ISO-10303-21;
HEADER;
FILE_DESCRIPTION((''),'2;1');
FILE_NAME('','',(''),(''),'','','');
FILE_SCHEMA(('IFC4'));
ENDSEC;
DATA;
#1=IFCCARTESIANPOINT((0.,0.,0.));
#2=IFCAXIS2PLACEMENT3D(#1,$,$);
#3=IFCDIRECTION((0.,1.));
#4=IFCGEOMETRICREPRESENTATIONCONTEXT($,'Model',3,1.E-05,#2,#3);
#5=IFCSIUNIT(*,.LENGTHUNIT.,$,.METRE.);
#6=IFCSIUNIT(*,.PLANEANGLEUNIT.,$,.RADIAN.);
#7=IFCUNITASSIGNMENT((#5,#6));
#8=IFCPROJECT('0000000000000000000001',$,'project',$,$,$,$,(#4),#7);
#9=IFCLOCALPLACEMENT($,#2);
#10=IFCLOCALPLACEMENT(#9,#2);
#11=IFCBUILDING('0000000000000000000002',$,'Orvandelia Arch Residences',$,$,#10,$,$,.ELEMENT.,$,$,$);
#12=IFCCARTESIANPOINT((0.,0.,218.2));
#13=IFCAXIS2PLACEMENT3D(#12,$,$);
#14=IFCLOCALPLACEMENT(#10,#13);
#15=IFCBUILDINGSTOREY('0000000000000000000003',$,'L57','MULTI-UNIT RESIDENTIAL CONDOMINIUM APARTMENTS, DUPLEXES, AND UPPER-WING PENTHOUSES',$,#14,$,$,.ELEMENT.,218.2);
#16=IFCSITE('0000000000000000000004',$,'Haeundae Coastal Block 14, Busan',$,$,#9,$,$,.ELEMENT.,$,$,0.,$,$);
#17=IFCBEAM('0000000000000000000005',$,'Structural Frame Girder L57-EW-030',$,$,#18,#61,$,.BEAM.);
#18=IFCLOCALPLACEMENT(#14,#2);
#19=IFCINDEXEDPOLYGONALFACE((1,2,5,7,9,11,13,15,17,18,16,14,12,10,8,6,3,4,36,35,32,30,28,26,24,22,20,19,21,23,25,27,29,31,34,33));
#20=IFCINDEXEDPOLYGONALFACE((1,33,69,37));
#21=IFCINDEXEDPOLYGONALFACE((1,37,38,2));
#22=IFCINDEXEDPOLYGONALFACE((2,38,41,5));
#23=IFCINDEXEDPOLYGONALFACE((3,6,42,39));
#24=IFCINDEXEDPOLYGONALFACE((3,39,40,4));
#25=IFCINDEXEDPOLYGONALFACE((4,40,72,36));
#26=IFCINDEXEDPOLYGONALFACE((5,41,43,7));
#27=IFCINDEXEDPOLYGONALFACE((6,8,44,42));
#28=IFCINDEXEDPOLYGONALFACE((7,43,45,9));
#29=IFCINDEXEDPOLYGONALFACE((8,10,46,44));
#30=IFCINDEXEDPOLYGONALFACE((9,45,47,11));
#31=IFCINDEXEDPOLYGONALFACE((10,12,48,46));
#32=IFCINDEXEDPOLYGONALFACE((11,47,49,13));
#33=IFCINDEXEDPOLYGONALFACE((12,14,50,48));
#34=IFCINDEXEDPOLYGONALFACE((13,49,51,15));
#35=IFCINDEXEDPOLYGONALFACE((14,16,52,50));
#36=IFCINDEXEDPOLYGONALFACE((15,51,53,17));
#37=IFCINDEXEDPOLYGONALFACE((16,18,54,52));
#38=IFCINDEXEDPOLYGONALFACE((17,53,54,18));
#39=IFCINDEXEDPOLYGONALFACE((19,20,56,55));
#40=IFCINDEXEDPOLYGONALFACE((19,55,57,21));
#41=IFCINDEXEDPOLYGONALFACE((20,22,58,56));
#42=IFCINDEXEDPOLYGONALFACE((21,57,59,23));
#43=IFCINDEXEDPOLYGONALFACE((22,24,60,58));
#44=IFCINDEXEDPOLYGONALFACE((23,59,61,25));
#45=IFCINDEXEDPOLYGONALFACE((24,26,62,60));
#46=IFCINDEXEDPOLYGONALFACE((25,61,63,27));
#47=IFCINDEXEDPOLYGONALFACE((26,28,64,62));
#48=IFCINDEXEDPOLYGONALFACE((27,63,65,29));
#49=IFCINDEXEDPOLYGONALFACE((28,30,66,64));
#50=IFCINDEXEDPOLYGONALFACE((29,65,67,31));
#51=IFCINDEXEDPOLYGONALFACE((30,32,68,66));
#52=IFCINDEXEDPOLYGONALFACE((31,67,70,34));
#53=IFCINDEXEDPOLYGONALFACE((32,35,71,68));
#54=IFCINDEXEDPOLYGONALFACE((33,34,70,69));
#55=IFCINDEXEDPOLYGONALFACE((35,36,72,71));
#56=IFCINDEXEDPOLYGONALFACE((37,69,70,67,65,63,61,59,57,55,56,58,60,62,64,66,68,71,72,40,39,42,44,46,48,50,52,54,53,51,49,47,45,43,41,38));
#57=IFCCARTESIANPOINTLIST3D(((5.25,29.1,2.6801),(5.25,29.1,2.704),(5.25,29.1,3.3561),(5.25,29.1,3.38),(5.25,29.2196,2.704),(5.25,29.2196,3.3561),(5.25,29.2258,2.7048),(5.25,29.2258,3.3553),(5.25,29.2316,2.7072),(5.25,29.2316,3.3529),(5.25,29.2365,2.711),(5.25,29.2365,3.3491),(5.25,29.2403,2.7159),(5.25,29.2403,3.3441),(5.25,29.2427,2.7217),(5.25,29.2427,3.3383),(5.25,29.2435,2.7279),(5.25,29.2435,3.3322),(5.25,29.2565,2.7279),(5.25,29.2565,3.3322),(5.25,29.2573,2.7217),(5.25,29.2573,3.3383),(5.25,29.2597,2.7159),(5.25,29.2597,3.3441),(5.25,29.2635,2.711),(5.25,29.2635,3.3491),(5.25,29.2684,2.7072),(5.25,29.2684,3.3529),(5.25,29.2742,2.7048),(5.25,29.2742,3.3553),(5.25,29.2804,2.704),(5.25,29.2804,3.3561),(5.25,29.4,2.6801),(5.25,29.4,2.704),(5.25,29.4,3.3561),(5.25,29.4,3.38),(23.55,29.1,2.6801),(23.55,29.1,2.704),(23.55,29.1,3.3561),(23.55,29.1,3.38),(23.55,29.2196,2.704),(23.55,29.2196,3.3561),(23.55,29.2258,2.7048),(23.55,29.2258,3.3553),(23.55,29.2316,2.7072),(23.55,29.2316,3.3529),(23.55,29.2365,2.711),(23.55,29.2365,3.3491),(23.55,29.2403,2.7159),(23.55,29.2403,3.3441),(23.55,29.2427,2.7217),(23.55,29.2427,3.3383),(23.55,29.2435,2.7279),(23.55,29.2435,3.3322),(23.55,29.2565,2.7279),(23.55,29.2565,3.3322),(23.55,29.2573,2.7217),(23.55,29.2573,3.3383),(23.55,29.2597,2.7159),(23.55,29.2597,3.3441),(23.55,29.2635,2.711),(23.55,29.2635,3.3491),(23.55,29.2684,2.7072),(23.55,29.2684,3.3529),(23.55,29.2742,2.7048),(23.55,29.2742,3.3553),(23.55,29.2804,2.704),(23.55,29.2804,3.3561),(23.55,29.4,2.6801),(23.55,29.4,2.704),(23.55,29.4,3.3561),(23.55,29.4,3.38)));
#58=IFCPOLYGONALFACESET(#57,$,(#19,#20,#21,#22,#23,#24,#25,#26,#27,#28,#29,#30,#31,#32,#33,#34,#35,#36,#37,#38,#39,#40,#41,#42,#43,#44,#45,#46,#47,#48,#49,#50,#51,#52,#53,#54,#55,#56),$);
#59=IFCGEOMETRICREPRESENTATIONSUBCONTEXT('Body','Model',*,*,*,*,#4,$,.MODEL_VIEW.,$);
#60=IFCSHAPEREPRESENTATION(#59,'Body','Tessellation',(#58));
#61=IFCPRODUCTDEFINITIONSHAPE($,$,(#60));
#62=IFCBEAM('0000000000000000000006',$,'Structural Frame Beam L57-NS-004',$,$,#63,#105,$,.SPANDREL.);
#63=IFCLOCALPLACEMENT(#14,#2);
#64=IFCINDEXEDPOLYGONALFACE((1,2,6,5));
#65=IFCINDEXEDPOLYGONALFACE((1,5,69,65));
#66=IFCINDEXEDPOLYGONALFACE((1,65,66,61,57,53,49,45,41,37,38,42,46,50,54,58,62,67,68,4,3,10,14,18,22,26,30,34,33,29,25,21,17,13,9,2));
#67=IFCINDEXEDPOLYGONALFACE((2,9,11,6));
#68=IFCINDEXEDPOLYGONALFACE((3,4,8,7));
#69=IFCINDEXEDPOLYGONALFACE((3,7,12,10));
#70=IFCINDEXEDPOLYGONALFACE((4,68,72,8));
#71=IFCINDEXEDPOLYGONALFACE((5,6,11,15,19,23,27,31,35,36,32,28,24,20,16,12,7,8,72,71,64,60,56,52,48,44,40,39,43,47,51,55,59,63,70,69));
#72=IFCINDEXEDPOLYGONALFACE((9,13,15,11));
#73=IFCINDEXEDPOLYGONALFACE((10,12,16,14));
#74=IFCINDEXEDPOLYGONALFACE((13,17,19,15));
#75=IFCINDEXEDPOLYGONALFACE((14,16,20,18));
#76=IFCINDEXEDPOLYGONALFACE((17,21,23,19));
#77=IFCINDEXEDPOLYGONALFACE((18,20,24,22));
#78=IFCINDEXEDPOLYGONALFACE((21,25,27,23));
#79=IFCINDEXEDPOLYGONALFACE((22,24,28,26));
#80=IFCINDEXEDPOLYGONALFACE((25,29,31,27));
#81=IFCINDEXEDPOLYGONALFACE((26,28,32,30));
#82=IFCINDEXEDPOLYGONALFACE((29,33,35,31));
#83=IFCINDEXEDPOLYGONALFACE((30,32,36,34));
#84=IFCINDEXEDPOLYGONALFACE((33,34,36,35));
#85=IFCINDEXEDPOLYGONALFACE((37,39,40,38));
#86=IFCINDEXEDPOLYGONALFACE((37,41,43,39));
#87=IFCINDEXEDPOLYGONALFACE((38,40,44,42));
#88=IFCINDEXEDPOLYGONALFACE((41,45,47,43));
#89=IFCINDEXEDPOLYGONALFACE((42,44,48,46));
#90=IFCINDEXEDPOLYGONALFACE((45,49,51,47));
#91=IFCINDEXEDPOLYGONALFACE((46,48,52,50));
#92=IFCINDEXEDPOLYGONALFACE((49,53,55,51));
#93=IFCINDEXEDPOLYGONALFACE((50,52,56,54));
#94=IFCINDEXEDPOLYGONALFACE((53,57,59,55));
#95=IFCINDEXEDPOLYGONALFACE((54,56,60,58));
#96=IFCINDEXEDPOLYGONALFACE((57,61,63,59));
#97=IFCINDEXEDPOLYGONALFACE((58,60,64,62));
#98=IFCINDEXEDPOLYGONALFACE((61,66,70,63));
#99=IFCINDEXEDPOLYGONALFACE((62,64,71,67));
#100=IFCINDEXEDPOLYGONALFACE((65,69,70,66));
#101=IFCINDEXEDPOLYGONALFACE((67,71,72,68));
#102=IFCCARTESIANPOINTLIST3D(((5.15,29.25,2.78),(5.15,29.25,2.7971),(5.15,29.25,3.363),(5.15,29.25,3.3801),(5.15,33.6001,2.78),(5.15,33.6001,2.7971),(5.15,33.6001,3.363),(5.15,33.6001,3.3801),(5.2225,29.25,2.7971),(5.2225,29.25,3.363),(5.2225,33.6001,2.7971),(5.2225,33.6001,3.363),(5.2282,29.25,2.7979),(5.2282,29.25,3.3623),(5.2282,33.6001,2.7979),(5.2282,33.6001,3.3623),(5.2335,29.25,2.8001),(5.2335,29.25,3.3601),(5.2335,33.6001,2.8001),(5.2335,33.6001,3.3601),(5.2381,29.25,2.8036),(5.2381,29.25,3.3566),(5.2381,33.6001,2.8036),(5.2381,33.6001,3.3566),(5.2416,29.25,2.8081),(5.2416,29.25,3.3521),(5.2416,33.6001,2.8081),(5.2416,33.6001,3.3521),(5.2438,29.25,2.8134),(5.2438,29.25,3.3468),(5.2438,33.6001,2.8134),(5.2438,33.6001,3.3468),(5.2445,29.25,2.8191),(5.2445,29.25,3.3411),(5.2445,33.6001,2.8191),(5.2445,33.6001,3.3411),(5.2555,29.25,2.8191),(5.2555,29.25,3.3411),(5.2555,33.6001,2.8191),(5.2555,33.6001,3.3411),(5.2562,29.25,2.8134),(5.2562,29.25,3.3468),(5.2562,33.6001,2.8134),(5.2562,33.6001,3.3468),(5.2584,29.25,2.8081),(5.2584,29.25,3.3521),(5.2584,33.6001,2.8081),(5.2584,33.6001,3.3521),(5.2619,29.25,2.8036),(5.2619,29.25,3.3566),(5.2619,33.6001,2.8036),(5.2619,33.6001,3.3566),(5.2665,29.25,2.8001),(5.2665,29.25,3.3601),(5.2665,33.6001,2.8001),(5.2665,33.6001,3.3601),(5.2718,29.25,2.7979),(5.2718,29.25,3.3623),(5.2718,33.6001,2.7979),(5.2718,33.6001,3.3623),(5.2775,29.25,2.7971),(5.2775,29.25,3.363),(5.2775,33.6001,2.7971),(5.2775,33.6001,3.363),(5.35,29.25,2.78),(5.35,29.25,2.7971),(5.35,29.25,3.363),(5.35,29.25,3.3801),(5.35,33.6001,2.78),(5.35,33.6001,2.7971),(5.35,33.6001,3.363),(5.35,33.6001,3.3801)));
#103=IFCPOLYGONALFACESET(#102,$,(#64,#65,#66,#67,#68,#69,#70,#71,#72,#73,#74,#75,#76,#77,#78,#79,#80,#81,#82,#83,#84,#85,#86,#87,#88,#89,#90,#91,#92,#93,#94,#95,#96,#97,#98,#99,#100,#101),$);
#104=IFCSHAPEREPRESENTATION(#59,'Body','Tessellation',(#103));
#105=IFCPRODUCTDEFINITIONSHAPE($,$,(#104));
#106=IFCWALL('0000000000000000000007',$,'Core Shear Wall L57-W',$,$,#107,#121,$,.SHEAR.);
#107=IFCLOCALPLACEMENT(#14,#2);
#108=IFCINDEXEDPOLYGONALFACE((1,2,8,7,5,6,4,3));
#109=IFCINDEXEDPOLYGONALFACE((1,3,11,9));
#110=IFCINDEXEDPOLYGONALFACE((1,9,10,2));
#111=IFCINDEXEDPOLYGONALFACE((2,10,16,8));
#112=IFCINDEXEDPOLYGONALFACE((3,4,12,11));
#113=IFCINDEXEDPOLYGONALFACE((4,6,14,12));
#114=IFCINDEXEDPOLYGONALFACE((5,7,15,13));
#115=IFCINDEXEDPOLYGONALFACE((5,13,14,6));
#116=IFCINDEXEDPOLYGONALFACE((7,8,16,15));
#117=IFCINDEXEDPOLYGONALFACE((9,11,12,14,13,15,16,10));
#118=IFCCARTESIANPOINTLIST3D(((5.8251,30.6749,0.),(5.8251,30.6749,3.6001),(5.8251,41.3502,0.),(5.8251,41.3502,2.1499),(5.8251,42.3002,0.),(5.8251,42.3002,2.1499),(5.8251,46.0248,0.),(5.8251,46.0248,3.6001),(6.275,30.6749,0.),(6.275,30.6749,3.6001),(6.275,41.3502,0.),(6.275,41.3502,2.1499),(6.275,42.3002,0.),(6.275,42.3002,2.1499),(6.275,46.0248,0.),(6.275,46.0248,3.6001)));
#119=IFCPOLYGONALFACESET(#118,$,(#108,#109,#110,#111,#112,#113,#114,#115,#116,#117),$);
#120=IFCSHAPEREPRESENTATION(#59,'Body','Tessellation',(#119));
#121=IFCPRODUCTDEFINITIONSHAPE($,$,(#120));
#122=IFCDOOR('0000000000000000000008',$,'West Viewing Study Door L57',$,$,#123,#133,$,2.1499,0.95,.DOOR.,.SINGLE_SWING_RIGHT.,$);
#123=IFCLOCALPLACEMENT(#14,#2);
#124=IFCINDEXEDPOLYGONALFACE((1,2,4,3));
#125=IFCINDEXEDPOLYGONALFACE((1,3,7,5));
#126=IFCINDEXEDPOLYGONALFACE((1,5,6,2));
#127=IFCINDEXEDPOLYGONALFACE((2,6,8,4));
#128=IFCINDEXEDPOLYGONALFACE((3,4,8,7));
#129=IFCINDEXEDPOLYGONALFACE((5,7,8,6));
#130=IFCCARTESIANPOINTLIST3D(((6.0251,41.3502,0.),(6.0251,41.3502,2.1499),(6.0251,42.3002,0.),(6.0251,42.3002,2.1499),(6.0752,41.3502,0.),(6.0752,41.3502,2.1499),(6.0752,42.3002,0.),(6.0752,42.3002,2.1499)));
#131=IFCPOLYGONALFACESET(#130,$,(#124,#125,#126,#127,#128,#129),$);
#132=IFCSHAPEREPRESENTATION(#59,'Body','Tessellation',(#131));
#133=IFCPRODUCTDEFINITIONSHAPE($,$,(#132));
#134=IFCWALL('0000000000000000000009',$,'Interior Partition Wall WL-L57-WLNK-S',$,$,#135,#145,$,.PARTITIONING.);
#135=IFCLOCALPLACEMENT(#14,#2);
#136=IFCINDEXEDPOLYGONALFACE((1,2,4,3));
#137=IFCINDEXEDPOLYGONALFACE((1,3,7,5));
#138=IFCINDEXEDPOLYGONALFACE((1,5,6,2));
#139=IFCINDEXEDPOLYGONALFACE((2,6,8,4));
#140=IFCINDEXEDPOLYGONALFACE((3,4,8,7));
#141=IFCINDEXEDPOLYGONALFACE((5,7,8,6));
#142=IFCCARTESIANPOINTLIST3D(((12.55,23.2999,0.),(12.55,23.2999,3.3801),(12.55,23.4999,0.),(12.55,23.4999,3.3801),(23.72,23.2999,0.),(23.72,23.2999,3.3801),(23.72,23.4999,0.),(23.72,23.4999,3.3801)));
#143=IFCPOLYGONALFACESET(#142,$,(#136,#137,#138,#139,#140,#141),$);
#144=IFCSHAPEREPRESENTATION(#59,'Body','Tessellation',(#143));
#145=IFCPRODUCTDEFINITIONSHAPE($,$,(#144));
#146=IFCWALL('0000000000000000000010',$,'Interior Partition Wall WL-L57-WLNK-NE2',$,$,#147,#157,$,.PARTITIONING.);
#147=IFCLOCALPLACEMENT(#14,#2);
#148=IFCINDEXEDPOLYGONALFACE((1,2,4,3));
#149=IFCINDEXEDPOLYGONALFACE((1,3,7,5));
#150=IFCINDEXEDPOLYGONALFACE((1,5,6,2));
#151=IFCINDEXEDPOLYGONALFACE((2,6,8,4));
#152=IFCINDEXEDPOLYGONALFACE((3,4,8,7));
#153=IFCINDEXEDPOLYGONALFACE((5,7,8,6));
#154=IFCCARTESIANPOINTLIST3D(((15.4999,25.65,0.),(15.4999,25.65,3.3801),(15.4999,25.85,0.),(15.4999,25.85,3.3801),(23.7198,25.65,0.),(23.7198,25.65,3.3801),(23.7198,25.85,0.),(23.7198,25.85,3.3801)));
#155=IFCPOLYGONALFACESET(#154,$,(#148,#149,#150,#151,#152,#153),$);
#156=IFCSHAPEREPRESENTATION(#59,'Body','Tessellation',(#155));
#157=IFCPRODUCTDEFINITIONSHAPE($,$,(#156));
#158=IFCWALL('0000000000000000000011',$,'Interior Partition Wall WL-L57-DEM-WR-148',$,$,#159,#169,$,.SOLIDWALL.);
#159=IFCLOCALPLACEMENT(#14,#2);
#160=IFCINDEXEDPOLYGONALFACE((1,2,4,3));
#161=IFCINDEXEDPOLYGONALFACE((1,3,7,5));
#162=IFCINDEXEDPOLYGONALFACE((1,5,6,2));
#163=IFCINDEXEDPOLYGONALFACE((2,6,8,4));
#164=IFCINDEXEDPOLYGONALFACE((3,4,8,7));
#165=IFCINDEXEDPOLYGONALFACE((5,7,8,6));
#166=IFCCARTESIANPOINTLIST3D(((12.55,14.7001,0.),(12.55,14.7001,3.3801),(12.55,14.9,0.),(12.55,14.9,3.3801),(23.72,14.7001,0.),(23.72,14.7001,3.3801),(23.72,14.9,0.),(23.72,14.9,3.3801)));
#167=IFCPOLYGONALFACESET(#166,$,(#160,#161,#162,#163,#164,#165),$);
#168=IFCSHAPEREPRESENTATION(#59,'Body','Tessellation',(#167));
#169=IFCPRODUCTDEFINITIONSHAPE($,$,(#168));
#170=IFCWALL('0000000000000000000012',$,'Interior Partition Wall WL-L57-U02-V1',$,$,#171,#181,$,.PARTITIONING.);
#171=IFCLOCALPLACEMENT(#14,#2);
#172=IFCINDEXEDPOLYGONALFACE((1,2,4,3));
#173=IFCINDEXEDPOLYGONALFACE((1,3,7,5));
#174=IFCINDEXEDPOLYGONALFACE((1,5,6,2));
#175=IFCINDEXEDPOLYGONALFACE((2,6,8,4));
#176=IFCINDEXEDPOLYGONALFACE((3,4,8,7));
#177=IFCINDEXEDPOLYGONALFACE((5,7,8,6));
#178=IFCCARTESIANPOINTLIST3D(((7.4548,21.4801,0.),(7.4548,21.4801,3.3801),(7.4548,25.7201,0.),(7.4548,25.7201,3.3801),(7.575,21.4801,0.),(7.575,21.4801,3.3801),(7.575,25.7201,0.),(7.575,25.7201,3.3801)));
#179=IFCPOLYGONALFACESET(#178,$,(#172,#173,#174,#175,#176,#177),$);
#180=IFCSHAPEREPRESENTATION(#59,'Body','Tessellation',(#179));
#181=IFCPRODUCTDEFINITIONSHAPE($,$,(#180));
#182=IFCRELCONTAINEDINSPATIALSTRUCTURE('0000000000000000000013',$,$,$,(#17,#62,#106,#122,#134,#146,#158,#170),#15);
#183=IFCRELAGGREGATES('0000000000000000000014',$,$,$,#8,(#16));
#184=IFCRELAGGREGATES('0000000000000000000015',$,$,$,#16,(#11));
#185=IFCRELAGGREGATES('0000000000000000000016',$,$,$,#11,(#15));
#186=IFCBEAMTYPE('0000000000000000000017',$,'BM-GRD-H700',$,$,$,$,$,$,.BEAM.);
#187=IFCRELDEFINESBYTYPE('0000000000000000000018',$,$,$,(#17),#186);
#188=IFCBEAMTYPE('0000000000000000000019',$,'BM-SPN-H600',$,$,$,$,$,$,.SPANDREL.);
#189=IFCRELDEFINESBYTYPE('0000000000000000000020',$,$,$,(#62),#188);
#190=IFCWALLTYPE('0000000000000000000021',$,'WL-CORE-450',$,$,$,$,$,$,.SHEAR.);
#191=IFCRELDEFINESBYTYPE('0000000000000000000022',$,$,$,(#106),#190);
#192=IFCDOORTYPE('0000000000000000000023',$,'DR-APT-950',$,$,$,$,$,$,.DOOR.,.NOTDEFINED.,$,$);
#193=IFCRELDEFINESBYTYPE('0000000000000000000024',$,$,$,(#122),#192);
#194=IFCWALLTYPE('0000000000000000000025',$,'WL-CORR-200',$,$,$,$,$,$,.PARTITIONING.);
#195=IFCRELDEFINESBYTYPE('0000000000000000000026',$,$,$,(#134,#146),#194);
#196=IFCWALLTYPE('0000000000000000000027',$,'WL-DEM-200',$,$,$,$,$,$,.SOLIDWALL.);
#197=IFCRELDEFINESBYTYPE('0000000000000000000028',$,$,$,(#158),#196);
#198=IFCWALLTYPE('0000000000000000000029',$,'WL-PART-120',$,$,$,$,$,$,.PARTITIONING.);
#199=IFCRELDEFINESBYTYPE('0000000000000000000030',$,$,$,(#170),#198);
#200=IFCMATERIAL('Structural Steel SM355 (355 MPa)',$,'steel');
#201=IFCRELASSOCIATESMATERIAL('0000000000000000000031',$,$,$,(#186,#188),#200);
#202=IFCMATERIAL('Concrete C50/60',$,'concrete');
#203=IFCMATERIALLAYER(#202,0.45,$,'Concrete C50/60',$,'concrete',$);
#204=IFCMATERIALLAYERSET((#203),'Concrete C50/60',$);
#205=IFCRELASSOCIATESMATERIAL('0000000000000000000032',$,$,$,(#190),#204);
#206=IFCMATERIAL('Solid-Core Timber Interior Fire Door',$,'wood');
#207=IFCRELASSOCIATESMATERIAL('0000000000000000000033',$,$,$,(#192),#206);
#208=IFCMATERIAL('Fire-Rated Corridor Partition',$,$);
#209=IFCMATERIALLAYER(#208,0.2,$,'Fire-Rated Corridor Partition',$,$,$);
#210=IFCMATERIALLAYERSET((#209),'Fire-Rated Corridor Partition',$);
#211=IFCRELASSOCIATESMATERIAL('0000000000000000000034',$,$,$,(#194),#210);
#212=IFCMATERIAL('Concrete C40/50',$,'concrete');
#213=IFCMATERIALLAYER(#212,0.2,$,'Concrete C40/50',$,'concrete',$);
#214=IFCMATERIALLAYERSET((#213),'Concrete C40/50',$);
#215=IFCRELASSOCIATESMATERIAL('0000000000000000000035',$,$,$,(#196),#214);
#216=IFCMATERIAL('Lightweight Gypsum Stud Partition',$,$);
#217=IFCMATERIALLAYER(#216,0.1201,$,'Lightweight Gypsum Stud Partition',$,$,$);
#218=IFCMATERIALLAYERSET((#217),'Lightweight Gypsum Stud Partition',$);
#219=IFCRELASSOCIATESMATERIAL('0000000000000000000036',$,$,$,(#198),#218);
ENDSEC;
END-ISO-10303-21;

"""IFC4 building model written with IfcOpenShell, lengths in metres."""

from ifc_helpers import new_model, si_unit, direction, frame, frame_2d, origin, origin_2d, place, context, subcontext, project, spatial, rectangle, i_section, extrude, material, layer, layer_set, material_profile, profile_set, type_object, element, fill, save


model = new_model("IFC4")

# Units and contexts
model_context = context("Model", 3, precision=1e-05, world=origin(), true_north=direction((0.0, 1.0)))
body_context = subcontext(model_context, "Body", "Model", "MODEL_VIEW")
ifc_project = project(units=[si_unit("LENGTHUNIT", "METRE"), si_unit("PLANEANGLEUNIT", "RADIAN")], contexts=[model_context])

# Site, building, storey
site_placement = place(None, origin())
site = spatial("IfcSite", under=ifc_project, at=site_placement, Name="Haeundae Coastal Block 14, Busan", CompositionType="ELEMENT", RefElevation=0.0)
building_placement = place(site_placement, origin())
building = spatial("IfcBuilding", under=site, at=building_placement, Name="Orvandelia Arch Residences", CompositionType="ELEMENT")
storey_placement = place(building_placement, frame((0.0, 0.0, 218.2)))
storey = spatial("IfcBuildingStorey", under=building, at=storey_placement, Name="L57", Description="MULTI-UNIT RESIDENTIAL CONDOMINIUM APARTMENTS, DUPLEXES, AND UPPER-WING PENTHOUSES", CompositionType="ELEMENT", Elevation=218.2)

# Beams
ifc_material_1 = material(Name="Structural Steel SM355 (355 MPa)", Category="steel")
ifc_material_profile_1 = material_profile(ifc_material_1, i_section(OverallWidth=0.3, OverallDepth=0.7, WebThickness=0.0129, FlangeThickness=0.0239, FilletRadius=0.0239, at=origin_2d()), Name="Structural Steel SM355 (355 MPa)", Category="steel")
ifc_profile_set_1 = profile_set([ifc_material_profile_1], Name="Structural Steel SM355 (355 MPa)")
beam_type_1 = type_object("IfcBeamType", Name="BM-GRD-H700", PredefinedType="BEAM", material=ifc_profile_set_1)
beam_1_placement = place(storey_placement, frame((5.25, 29.25, 3.03), z_axis=(1.0, 0.0, 0.0), x_axis=(0.0, 1.0, 0.0)))
element("IfcBeam", 1, at=beam_1_placement, inside=storey, type_object=beam_type_1, Name="Structural Frame Girder L57-EW-030", PredefinedType="BEAM", context=body_context, shape_type="SweptSolid", body=[
    extrude(i_section(OverallWidth=0.3, OverallDepth=0.7, WebThickness=0.0129, FlangeThickness=0.0239, FilletRadius=0.0239, at=origin_2d()), origin(), (0.0, 0.0, 1.0), 18.3),
])
ifc_material_profile_2 = material_profile(ifc_material_1, i_section(OverallWidth=0.2, OverallDepth=0.6001, WebThickness=0.011, FlangeThickness=0.0171, FilletRadius=0.022, at=origin_2d()), Name="Structural Steel SM355 (355 MPa)", Category="steel")
ifc_profile_set_2 = profile_set([ifc_material_profile_2], Name="Structural Steel SM355 (355 MPa)")
beam_type_2 = type_object("IfcBeamType", Name="BM-SPN-H600", PredefinedType="SPANDREL", material=ifc_profile_set_2)
beam_2_placement = place(storey_placement, frame((5.25, 29.25, 3.0801), z_axis=(0.0, 1.0, 0.0), x_axis=(-1.0, 0.0, 0.0)))
element("IfcBeam", 2, at=beam_2_placement, inside=storey, type_object=beam_type_2, Name="Structural Frame Beam L57-NS-004", PredefinedType="SPANDREL", context=body_context, shape_type="SweptSolid", body=[
    extrude(i_section(OverallWidth=0.2, OverallDepth=0.6001, WebThickness=0.011, FlangeThickness=0.0171, FilletRadius=0.022, at=origin_2d()), origin(), (0.0, 0.0, 1.0), 4.3501),
])

# Wall, opening, door
ifc_material_2 = material(Name="Concrete C50/60", Category="concrete")
ifc_layer_1 = layer(ifc_material_2, 0.45, Name="Concrete C50/60", Category="concrete")
ifc_layer_set_1 = layer_set([ifc_layer_1], Name="Concrete C50/60")
wall_type_1 = type_object("IfcWallType", Name="WL-CORE-450", PredefinedType="SHEAR", material=ifc_layer_set_1)
wall_1_placement = place(storey_placement, frame((6.05, 30.675, 0.0), z_axis=(0.0, 0.0, 1.0), x_axis=(0.0, 1.0, 0.0)))
wall_1 = element("IfcWall", 3, at=wall_1_placement, inside=storey, type_object=wall_type_1, Name="Core Shear Wall L57-W", PredefinedType="SHEAR", context=body_context, shape_type="SweptSolid", body=[
    extrude(rectangle(XDim=15.3499, YDim=0.45, at=frame_2d((7.6748, 0.0))), origin(), (0.0, 0.0, 1.0), 3.6001),
])
opening_1_placement = place(wall_1_placement, frame((10.675, 0.0, 0.0)))
opening_1 = element("IfcOpeningElement", 4, at=opening_1_placement, cuts=wall_1, PredefinedType="OPENING", context=body_context, shape_type="SweptSolid", body=[
    extrude(rectangle(XDim=0.95, YDim=2.1499, at=frame_2d((0.4751, 1.075))), frame((0.0, 0.2349, 0.0), z_axis=(0.0, -1.0, 0.0), x_axis=(1.0, 0.0, 0.0)), (0.0, 0.0, 1.0), 0.47),
])
ifc_material_3 = material(Name="Solid-Core Timber Interior Fire Door", Category="wood")
door_type_1 = type_object("IfcDoorType", Name="DR-APT-950", OperationType="NOTDEFINED", PredefinedType="DOOR", material=ifc_material_3)
door_1_placement = place(opening_1_placement, origin())
door_1 = element("IfcDoor", 5, at=door_1_placement, inside=storey, type_object=door_type_1, Name="West Viewing Study Door L57", OperationType="SINGLE_SWING_RIGHT", OverallHeight=2.1499, OverallWidth=0.95, PredefinedType="DOOR", context=body_context, shape_type="SweptSolid", body=[
    extrude(rectangle(XDim=0.95, YDim=2.1499, at=frame_2d((0.4751, 1.075))), frame((0.0, 0.0249, 0.0), z_axis=(0.0, -1.0, 0.0), x_axis=(1.0, 0.0, 0.0)), (0.0, 0.0, 1.0), 0.05),
])
fill(opening_1, door_1)

# Walls
ifc_material_4 = material(Name="Fire-Rated Corridor Partition")
ifc_layer_2 = layer(ifc_material_4, 0.2, Name="Fire-Rated Corridor Partition")
ifc_layer_set_2 = layer_set([ifc_layer_2], Name="Fire-Rated Corridor Partition")
wall_type_2 = type_object("IfcWallType", Name="WL-CORR-200", PredefinedType="PARTITIONING", material=ifc_layer_set_2)
wall_2_placement = place(storey_placement, frame((12.55, 23.3999, 0.0), z_axis=(0.0, 0.0, 1.0), x_axis=(1.0, 0.0, 0.0)))
element("IfcWall", 6, at=wall_2_placement, inside=storey, type_object=wall_type_2, Name="Interior Partition Wall WL-L57-WLNK-S", PredefinedType="PARTITIONING", context=body_context, shape_type="SweptSolid", body=[
    extrude(rectangle(XDim=11.1699, YDim=0.2, at=frame_2d((5.585, 0.0))), origin(), (0.0, 0.0, 1.0), 3.3801),
])
wall_3_placement = place(storey_placement, frame((15.5, 25.75, 0.0), z_axis=(0.0, 0.0, 1.0), x_axis=(1.0, 0.0, 0.0)))
element("IfcWall", 7, at=wall_3_placement, inside=storey, type_object=wall_type_2, Name="Interior Partition Wall WL-L57-WLNK-NE2", PredefinedType="PARTITIONING", context=body_context, shape_type="SweptSolid", body=[
    extrude(rectangle(XDim=8.22, YDim=0.2, at=frame_2d((4.1099, 0.0))), origin(), (0.0, 0.0, 1.0), 3.3801),
])
ifc_material_5 = material(Name="Concrete C40/50", Category="concrete")
ifc_layer_3 = layer(ifc_material_5, 0.2, Name="Concrete C40/50", Category="concrete")
ifc_layer_set_3 = layer_set([ifc_layer_3], Name="Concrete C40/50")
wall_type_3 = type_object("IfcWallType", Name="WL-DEM-200", PredefinedType="SOLIDWALL", material=ifc_layer_set_3)
wall_4_placement = place(storey_placement, frame((12.55, 14.8, 0.0), z_axis=(0.0, 0.0, 1.0), x_axis=(1.0, 0.0, 0.0)))
element("IfcWall", 8, at=wall_4_placement, inside=storey, type_object=wall_type_3, Name="Interior Partition Wall WL-L57-DEM-WR-148", PredefinedType="SOLIDWALL", context=body_context, shape_type="SweptSolid", body=[
    extrude(rectangle(XDim=11.1699, YDim=0.2, at=frame_2d((5.585, 0.0))), origin(), (0.0, 0.0, 1.0), 3.3801),
])
ifc_material_6 = material(Name="Lightweight Gypsum Stud Partition")
ifc_layer_4 = layer(ifc_material_6, 0.1201, Name="Lightweight Gypsum Stud Partition")
ifc_layer_set_4 = layer_set([ifc_layer_4], Name="Lightweight Gypsum Stud Partition")
wall_type_4 = type_object("IfcWallType", Name="WL-PART-120", PredefinedType="PARTITIONING", material=ifc_layer_set_4)
wall_5_placement = place(storey_placement, frame((7.5149, 21.48, 0.0), z_axis=(0.0, 0.0, 1.0), x_axis=(0.0, 1.0, 0.0)))
element("IfcWall", 9, at=wall_5_placement, inside=storey, type_object=wall_type_4, Name="Interior Partition Wall WL-L57-U02-V1", PredefinedType="PARTITIONING", context=body_context, shape_type="SweptSolid", body=[
    extrude(rectangle(XDim=4.24, YDim=0.1201, at=frame_2d((2.1201, 0.0))), origin(), (0.0, 0.0, 1.0), 3.3801),
])

save(model, "model.ifc")
